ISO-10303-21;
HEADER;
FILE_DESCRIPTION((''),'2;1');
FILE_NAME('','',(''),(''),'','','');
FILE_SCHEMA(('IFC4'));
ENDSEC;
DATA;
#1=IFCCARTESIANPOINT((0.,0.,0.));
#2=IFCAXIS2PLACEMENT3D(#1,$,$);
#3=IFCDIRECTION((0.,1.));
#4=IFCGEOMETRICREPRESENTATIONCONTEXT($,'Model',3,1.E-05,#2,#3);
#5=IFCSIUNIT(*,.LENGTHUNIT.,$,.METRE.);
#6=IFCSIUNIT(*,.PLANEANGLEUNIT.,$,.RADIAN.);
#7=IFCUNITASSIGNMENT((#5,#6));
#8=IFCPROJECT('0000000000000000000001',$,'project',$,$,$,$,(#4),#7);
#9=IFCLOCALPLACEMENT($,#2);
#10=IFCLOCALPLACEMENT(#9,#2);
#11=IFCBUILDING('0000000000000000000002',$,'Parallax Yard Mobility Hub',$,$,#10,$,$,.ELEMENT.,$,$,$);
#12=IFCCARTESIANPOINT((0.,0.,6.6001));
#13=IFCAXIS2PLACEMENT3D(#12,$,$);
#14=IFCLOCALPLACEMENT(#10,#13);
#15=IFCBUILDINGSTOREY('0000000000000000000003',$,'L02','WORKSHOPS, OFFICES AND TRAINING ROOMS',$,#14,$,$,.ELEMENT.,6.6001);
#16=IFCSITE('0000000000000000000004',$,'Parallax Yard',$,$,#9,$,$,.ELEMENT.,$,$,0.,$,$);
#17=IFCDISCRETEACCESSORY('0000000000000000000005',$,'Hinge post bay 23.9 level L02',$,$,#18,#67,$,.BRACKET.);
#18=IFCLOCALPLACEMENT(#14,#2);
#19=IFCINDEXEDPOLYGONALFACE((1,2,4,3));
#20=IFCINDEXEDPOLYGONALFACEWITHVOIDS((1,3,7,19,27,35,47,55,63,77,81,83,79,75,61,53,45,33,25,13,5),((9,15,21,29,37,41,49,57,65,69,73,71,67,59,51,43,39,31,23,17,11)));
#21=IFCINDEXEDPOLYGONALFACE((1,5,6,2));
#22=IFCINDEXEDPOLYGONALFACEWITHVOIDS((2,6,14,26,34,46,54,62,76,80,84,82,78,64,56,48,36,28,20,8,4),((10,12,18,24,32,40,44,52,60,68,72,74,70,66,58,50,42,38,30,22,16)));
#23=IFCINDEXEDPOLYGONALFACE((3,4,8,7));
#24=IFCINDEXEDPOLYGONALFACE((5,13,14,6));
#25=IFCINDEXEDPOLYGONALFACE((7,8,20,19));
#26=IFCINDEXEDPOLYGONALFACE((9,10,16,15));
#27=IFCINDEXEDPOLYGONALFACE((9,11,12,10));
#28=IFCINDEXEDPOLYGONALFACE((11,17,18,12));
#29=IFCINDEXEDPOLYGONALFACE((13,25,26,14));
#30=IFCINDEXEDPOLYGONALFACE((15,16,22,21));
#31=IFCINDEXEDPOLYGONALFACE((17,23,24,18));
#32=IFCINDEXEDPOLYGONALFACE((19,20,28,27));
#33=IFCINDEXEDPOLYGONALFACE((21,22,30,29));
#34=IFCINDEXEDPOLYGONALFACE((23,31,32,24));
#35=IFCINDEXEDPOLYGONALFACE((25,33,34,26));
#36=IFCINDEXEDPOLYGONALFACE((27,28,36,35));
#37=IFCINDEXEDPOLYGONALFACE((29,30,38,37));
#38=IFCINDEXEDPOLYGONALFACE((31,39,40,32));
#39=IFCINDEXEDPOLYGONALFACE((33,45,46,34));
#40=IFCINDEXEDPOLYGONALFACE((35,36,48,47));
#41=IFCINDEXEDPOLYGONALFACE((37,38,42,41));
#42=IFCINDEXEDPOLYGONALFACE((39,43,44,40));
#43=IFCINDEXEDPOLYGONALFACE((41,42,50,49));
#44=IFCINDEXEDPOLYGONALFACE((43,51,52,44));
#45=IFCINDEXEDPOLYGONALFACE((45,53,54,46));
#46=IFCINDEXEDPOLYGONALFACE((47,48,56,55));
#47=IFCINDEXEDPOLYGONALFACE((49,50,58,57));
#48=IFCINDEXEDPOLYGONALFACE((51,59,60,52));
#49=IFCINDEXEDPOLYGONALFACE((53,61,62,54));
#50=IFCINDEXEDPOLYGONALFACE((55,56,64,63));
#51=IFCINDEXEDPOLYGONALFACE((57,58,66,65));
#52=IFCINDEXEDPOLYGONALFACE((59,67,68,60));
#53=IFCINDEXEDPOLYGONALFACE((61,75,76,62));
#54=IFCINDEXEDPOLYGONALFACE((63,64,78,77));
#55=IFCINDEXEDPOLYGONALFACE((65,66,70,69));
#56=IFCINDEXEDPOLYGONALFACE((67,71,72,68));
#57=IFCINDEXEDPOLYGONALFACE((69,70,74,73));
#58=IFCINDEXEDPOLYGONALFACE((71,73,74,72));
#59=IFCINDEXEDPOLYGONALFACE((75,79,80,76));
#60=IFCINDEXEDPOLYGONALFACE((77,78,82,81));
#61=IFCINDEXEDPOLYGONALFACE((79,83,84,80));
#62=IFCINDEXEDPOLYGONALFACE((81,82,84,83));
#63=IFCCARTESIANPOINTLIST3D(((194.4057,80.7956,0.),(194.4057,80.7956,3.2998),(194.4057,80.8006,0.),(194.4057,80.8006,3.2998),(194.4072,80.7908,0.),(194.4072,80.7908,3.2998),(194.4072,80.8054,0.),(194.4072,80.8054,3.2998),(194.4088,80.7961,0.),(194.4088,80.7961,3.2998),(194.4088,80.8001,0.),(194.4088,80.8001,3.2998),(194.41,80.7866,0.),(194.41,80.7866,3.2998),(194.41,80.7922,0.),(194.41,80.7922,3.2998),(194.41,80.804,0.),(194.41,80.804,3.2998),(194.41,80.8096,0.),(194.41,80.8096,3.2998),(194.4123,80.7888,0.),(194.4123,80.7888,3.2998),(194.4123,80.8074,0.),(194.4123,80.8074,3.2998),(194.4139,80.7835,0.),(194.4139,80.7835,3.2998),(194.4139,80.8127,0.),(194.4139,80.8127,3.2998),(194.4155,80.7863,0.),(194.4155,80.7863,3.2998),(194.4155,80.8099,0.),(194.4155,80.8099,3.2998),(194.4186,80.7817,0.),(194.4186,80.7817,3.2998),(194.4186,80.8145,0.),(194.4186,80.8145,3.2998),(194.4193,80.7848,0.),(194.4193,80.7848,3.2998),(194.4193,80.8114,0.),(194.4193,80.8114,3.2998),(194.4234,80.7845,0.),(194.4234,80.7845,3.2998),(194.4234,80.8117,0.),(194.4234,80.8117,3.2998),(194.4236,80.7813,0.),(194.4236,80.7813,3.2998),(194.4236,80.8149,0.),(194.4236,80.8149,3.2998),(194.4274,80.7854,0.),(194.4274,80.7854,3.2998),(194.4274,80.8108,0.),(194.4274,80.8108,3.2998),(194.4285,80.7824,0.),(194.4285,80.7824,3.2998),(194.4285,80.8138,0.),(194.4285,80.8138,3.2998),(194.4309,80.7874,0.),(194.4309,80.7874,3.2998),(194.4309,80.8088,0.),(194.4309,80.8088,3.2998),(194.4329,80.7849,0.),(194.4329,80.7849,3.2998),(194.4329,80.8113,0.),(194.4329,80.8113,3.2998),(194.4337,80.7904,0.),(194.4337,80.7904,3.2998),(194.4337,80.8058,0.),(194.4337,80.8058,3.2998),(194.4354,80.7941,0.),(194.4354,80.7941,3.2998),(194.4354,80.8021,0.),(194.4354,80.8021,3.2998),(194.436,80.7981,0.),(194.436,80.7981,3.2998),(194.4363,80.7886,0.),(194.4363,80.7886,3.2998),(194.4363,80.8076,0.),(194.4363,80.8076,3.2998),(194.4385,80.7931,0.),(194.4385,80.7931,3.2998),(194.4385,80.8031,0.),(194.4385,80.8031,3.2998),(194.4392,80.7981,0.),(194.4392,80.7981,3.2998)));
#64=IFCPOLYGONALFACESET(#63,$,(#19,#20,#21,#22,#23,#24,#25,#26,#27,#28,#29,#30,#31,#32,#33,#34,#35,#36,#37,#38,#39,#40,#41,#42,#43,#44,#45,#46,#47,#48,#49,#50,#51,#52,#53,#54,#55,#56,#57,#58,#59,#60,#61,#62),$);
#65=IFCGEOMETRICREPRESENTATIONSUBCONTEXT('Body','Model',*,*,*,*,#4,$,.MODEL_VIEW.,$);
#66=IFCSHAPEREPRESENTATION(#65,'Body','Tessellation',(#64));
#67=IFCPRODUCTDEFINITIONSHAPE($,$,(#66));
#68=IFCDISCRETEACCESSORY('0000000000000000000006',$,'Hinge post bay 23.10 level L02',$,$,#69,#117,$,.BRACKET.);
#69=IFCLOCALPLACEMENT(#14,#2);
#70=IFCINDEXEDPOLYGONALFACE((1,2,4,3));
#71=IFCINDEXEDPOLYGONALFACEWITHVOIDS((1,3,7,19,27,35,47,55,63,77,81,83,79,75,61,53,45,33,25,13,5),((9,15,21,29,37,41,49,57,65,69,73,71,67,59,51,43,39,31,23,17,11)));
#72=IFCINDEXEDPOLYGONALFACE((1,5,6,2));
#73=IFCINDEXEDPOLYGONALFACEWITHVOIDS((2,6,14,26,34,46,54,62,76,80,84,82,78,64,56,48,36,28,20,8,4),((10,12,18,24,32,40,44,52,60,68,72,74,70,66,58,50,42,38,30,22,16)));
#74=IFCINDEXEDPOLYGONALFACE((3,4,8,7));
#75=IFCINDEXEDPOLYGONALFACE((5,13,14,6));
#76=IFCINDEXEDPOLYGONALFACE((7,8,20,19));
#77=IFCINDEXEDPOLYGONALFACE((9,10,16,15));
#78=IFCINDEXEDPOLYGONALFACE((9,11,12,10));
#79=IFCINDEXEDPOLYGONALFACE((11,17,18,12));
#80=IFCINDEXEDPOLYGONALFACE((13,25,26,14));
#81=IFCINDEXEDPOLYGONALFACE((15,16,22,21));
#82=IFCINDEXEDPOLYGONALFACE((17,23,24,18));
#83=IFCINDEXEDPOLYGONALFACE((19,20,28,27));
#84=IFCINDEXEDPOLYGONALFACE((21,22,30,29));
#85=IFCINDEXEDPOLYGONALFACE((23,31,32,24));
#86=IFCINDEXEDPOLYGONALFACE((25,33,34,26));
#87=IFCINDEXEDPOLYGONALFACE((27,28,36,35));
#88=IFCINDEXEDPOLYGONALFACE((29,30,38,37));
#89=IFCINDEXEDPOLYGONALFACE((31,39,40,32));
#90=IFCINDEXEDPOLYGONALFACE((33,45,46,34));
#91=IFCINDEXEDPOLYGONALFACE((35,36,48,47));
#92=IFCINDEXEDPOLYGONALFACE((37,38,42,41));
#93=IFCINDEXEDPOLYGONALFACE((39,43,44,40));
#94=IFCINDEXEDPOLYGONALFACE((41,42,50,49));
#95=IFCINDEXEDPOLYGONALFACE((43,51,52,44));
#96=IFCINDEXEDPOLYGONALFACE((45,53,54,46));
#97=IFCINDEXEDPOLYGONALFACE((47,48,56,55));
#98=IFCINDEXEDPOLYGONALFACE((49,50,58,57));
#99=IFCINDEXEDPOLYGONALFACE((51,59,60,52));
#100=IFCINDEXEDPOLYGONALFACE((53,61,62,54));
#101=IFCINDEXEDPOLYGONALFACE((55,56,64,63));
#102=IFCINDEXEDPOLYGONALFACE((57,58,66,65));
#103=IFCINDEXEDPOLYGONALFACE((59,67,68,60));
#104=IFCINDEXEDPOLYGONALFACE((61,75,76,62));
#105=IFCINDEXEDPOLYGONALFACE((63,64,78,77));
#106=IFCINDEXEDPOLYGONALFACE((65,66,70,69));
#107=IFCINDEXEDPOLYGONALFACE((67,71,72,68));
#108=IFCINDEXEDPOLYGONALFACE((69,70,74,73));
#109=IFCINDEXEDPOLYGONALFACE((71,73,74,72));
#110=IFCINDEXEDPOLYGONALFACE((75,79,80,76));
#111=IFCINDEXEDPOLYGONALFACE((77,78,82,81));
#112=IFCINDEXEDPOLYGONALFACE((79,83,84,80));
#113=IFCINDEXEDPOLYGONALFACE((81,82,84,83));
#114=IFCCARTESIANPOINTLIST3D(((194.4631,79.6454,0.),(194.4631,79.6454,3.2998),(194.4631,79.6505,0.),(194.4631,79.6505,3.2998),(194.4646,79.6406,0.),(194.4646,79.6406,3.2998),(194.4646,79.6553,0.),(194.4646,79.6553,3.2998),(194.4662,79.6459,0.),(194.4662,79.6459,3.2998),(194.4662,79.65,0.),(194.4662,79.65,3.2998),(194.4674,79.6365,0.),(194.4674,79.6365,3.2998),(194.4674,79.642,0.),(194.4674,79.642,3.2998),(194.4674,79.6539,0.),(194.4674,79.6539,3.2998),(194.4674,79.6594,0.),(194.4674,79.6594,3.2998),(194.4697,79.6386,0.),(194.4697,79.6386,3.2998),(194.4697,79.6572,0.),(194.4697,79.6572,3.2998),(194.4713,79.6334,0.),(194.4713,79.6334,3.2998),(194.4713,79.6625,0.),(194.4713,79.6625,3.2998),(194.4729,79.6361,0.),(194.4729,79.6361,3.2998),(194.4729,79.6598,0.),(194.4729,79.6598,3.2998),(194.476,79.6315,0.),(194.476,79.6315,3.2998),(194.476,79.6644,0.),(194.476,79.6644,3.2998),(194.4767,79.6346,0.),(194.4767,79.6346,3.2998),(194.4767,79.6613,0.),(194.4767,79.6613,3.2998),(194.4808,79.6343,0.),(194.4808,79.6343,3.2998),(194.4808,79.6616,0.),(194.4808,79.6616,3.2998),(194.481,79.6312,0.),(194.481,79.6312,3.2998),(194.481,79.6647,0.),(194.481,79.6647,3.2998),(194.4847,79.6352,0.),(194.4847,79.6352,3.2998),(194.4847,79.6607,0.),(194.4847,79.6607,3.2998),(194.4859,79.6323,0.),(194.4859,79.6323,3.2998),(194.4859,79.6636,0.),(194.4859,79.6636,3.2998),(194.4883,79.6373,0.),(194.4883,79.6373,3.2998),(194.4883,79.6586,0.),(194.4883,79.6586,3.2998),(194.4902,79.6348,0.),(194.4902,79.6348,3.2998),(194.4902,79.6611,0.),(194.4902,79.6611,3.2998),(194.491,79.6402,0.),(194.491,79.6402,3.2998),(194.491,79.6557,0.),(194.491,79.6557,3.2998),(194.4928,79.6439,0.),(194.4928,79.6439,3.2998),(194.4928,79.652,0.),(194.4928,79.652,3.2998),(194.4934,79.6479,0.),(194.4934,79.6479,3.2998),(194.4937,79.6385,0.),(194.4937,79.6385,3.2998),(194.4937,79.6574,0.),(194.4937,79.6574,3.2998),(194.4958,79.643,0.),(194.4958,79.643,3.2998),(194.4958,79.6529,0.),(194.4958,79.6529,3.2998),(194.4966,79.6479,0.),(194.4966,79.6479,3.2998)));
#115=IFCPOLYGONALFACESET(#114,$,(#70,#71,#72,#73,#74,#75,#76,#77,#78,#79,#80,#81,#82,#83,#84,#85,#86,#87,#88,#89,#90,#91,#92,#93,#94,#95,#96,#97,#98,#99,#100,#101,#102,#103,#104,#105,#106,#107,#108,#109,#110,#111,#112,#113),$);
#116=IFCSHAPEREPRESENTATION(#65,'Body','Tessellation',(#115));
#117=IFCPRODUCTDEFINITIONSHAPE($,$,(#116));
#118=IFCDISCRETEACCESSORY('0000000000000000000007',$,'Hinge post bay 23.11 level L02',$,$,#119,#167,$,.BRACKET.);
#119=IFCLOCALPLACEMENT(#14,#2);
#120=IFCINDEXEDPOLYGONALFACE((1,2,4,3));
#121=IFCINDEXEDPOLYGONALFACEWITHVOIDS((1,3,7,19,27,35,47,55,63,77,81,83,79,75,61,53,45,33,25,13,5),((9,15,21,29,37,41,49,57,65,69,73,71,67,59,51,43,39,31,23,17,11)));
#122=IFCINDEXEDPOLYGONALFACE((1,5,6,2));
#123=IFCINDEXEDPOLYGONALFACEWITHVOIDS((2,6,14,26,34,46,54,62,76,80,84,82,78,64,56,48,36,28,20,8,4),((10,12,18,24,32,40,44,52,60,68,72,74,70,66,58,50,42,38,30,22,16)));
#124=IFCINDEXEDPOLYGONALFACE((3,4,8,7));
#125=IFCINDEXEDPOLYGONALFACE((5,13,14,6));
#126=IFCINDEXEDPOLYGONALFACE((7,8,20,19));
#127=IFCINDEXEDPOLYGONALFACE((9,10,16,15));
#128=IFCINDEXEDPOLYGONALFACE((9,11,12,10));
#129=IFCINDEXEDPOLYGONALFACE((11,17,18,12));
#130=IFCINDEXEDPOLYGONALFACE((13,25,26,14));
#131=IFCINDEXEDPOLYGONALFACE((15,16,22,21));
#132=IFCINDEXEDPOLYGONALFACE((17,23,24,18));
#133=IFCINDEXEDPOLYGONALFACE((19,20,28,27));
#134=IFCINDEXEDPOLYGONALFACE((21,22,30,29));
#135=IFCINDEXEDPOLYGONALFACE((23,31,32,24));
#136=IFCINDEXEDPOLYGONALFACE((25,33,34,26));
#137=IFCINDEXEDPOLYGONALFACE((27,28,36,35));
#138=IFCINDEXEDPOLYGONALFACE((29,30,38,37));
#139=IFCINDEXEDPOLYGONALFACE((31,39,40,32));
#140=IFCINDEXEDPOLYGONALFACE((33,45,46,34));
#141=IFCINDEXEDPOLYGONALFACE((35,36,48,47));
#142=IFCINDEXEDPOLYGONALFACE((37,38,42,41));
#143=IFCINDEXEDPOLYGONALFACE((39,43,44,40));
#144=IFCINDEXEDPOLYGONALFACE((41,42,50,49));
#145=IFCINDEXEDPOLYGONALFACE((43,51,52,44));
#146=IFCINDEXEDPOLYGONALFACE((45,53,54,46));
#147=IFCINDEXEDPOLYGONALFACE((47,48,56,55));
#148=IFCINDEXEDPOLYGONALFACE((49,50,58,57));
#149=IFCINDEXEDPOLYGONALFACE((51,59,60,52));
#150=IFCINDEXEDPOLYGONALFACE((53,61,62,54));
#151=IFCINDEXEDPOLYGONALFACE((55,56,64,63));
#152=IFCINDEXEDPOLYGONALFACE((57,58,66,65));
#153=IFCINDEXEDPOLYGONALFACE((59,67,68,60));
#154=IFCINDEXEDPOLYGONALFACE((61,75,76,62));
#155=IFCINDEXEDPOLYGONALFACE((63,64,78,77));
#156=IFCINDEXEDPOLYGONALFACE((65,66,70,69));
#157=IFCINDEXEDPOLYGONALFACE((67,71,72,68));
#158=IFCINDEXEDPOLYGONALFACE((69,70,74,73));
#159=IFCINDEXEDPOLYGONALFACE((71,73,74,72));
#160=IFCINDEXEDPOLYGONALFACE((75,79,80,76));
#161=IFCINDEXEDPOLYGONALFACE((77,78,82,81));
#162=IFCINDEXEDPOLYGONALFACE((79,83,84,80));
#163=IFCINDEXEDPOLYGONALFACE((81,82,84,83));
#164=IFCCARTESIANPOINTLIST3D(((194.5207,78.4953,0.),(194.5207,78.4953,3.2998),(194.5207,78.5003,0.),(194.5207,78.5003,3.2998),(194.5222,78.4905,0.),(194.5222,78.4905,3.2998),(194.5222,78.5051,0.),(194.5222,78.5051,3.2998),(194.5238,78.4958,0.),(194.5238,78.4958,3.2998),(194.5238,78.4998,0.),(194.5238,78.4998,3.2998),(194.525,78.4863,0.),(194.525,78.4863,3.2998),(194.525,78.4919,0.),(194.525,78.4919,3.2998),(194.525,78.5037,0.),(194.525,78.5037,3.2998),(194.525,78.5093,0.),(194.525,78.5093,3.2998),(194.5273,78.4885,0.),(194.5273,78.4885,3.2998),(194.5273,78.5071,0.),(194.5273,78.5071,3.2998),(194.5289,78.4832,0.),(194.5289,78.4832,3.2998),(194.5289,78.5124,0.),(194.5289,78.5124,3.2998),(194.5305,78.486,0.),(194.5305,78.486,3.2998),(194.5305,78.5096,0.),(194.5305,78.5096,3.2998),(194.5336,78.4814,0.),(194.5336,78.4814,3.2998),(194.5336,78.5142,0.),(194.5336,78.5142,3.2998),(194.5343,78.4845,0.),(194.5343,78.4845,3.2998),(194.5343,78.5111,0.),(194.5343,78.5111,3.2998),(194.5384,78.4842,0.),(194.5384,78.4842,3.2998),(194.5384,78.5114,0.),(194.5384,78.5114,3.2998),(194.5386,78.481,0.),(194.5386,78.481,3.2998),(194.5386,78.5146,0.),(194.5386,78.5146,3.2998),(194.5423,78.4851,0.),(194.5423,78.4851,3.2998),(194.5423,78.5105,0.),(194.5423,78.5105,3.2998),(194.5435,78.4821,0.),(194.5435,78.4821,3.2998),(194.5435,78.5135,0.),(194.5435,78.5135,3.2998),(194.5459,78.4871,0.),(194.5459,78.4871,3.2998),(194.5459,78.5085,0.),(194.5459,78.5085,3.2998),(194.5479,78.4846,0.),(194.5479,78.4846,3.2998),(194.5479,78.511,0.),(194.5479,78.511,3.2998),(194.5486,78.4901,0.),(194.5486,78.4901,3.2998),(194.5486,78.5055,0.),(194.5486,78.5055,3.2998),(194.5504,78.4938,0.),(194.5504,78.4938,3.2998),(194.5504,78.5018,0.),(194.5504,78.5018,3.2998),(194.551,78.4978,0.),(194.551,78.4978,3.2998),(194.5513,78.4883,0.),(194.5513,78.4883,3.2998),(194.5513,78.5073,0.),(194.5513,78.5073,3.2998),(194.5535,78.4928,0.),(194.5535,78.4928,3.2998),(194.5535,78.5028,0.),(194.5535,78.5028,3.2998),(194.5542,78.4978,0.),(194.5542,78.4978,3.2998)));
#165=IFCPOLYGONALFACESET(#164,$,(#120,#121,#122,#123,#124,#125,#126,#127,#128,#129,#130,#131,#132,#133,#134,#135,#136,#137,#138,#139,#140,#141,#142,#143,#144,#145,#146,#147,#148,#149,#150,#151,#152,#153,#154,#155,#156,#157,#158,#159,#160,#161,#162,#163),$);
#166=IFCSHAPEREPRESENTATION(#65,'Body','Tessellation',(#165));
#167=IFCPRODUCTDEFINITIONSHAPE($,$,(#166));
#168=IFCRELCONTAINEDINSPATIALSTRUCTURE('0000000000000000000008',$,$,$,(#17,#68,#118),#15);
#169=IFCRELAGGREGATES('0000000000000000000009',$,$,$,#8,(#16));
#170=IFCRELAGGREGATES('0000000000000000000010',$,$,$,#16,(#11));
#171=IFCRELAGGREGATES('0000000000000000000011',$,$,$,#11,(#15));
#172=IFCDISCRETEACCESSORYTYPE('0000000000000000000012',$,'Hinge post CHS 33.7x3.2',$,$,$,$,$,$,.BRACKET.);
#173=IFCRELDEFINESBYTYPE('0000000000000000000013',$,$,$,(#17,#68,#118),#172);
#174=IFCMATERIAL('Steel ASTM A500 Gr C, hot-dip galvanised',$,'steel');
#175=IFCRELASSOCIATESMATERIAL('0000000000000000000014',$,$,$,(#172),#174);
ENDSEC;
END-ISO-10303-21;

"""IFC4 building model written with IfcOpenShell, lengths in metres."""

from ifc_helpers import new_model, si_unit, direction, frame, origin, origin_2d, place, context, subcontext, project, spatial, hollow_circle, extrude, material, material_profile, profile_set, type_object, element, save


model = new_model("IFC4")

# Units and contexts
model_context = context("Model", 3, precision=1e-05, world=origin(), true_north=direction((0.0, 1.0)))
body_context = subcontext(model_context, "Body", "Model", "MODEL_VIEW")
ifc_project = project(units=[si_unit("LENGTHUNIT", "METRE"), si_unit("PLANEANGLEUNIT", "RADIAN")], contexts=[model_context])

# Site, building, storey
site_placement = place(None, origin())
site = spatial("IfcSite", under=ifc_project, at=site_placement, Name="Parallax Yard", CompositionType="ELEMENT", RefElevation=0.0)
building_placement = place(site_placement, origin())
building = spatial("IfcBuilding", under=site, at=building_placement, Name="Parallax Yard Mobility Hub", CompositionType="ELEMENT")
storey_placement = place(building_placement, frame((0.0, 0.0, 6.6001)))
storey = spatial("IfcBuildingStorey", under=building, at=storey_placement, Name="L02", Description="WORKSHOPS, OFFICES AND TRAINING ROOMS", CompositionType="ELEMENT", Elevation=6.6001)

# Discrete accessories
ifc_material_1 = material(Name="Steel ASTM A500 Gr C, hot-dip galvanised", Category="steel")
ifc_material_profile = material_profile(ifc_material_1, hollow_circle(Radius=0.0168, WallThickness=0.0032, at=origin_2d()), Name="CHS 33.7x3.2")
ifc_profile_set = profile_set([ifc_material_profile], Name="Steel ASTM A500 Gr C, hot-dip galvanised")
discrete_accessory_type_1 = type_object("IfcDiscreteAccessoryType", Name="Hinge post CHS 33.7x3.2", PredefinedType="BRACKET", material=ifc_profile_set)
for number, where, z_axis, x_axis, name in (
    (1, (194.4224, 80.7981, 0.0), (0.0, 0.0, 1.0), (1.0, 0.0, 0.0), "Hinge post bay 23.9 level L02"),
    (2, (194.4797, 79.6479, 0.0), (0.0, 0.0, 1.0), (1.0, 0.0, 0.0), "Hinge post bay 23.10 level L02"),
    (3, (194.5374, 78.4978, 0.0), (0.0, 0.0, 1.0), (1.0, 0.0, 0.0), "Hinge post bay 23.11 level L02"),
):
    element("IfcDiscreteAccessory", number, at=place(storey_placement, frame(where, z_axis=z_axis, x_axis=x_axis)), inside=storey, type_object=discrete_accessory_type_1, Name=name, PredefinedType="BRACKET", context=body_context, shape_type="SweptSolid", body=[
        extrude(hollow_circle(Radius=0.0168, WallThickness=0.0032, at=origin_2d()), origin(), (0.0, 0.0, 1.0), 3.2998),
    ])

save(model, "model.ifc")
